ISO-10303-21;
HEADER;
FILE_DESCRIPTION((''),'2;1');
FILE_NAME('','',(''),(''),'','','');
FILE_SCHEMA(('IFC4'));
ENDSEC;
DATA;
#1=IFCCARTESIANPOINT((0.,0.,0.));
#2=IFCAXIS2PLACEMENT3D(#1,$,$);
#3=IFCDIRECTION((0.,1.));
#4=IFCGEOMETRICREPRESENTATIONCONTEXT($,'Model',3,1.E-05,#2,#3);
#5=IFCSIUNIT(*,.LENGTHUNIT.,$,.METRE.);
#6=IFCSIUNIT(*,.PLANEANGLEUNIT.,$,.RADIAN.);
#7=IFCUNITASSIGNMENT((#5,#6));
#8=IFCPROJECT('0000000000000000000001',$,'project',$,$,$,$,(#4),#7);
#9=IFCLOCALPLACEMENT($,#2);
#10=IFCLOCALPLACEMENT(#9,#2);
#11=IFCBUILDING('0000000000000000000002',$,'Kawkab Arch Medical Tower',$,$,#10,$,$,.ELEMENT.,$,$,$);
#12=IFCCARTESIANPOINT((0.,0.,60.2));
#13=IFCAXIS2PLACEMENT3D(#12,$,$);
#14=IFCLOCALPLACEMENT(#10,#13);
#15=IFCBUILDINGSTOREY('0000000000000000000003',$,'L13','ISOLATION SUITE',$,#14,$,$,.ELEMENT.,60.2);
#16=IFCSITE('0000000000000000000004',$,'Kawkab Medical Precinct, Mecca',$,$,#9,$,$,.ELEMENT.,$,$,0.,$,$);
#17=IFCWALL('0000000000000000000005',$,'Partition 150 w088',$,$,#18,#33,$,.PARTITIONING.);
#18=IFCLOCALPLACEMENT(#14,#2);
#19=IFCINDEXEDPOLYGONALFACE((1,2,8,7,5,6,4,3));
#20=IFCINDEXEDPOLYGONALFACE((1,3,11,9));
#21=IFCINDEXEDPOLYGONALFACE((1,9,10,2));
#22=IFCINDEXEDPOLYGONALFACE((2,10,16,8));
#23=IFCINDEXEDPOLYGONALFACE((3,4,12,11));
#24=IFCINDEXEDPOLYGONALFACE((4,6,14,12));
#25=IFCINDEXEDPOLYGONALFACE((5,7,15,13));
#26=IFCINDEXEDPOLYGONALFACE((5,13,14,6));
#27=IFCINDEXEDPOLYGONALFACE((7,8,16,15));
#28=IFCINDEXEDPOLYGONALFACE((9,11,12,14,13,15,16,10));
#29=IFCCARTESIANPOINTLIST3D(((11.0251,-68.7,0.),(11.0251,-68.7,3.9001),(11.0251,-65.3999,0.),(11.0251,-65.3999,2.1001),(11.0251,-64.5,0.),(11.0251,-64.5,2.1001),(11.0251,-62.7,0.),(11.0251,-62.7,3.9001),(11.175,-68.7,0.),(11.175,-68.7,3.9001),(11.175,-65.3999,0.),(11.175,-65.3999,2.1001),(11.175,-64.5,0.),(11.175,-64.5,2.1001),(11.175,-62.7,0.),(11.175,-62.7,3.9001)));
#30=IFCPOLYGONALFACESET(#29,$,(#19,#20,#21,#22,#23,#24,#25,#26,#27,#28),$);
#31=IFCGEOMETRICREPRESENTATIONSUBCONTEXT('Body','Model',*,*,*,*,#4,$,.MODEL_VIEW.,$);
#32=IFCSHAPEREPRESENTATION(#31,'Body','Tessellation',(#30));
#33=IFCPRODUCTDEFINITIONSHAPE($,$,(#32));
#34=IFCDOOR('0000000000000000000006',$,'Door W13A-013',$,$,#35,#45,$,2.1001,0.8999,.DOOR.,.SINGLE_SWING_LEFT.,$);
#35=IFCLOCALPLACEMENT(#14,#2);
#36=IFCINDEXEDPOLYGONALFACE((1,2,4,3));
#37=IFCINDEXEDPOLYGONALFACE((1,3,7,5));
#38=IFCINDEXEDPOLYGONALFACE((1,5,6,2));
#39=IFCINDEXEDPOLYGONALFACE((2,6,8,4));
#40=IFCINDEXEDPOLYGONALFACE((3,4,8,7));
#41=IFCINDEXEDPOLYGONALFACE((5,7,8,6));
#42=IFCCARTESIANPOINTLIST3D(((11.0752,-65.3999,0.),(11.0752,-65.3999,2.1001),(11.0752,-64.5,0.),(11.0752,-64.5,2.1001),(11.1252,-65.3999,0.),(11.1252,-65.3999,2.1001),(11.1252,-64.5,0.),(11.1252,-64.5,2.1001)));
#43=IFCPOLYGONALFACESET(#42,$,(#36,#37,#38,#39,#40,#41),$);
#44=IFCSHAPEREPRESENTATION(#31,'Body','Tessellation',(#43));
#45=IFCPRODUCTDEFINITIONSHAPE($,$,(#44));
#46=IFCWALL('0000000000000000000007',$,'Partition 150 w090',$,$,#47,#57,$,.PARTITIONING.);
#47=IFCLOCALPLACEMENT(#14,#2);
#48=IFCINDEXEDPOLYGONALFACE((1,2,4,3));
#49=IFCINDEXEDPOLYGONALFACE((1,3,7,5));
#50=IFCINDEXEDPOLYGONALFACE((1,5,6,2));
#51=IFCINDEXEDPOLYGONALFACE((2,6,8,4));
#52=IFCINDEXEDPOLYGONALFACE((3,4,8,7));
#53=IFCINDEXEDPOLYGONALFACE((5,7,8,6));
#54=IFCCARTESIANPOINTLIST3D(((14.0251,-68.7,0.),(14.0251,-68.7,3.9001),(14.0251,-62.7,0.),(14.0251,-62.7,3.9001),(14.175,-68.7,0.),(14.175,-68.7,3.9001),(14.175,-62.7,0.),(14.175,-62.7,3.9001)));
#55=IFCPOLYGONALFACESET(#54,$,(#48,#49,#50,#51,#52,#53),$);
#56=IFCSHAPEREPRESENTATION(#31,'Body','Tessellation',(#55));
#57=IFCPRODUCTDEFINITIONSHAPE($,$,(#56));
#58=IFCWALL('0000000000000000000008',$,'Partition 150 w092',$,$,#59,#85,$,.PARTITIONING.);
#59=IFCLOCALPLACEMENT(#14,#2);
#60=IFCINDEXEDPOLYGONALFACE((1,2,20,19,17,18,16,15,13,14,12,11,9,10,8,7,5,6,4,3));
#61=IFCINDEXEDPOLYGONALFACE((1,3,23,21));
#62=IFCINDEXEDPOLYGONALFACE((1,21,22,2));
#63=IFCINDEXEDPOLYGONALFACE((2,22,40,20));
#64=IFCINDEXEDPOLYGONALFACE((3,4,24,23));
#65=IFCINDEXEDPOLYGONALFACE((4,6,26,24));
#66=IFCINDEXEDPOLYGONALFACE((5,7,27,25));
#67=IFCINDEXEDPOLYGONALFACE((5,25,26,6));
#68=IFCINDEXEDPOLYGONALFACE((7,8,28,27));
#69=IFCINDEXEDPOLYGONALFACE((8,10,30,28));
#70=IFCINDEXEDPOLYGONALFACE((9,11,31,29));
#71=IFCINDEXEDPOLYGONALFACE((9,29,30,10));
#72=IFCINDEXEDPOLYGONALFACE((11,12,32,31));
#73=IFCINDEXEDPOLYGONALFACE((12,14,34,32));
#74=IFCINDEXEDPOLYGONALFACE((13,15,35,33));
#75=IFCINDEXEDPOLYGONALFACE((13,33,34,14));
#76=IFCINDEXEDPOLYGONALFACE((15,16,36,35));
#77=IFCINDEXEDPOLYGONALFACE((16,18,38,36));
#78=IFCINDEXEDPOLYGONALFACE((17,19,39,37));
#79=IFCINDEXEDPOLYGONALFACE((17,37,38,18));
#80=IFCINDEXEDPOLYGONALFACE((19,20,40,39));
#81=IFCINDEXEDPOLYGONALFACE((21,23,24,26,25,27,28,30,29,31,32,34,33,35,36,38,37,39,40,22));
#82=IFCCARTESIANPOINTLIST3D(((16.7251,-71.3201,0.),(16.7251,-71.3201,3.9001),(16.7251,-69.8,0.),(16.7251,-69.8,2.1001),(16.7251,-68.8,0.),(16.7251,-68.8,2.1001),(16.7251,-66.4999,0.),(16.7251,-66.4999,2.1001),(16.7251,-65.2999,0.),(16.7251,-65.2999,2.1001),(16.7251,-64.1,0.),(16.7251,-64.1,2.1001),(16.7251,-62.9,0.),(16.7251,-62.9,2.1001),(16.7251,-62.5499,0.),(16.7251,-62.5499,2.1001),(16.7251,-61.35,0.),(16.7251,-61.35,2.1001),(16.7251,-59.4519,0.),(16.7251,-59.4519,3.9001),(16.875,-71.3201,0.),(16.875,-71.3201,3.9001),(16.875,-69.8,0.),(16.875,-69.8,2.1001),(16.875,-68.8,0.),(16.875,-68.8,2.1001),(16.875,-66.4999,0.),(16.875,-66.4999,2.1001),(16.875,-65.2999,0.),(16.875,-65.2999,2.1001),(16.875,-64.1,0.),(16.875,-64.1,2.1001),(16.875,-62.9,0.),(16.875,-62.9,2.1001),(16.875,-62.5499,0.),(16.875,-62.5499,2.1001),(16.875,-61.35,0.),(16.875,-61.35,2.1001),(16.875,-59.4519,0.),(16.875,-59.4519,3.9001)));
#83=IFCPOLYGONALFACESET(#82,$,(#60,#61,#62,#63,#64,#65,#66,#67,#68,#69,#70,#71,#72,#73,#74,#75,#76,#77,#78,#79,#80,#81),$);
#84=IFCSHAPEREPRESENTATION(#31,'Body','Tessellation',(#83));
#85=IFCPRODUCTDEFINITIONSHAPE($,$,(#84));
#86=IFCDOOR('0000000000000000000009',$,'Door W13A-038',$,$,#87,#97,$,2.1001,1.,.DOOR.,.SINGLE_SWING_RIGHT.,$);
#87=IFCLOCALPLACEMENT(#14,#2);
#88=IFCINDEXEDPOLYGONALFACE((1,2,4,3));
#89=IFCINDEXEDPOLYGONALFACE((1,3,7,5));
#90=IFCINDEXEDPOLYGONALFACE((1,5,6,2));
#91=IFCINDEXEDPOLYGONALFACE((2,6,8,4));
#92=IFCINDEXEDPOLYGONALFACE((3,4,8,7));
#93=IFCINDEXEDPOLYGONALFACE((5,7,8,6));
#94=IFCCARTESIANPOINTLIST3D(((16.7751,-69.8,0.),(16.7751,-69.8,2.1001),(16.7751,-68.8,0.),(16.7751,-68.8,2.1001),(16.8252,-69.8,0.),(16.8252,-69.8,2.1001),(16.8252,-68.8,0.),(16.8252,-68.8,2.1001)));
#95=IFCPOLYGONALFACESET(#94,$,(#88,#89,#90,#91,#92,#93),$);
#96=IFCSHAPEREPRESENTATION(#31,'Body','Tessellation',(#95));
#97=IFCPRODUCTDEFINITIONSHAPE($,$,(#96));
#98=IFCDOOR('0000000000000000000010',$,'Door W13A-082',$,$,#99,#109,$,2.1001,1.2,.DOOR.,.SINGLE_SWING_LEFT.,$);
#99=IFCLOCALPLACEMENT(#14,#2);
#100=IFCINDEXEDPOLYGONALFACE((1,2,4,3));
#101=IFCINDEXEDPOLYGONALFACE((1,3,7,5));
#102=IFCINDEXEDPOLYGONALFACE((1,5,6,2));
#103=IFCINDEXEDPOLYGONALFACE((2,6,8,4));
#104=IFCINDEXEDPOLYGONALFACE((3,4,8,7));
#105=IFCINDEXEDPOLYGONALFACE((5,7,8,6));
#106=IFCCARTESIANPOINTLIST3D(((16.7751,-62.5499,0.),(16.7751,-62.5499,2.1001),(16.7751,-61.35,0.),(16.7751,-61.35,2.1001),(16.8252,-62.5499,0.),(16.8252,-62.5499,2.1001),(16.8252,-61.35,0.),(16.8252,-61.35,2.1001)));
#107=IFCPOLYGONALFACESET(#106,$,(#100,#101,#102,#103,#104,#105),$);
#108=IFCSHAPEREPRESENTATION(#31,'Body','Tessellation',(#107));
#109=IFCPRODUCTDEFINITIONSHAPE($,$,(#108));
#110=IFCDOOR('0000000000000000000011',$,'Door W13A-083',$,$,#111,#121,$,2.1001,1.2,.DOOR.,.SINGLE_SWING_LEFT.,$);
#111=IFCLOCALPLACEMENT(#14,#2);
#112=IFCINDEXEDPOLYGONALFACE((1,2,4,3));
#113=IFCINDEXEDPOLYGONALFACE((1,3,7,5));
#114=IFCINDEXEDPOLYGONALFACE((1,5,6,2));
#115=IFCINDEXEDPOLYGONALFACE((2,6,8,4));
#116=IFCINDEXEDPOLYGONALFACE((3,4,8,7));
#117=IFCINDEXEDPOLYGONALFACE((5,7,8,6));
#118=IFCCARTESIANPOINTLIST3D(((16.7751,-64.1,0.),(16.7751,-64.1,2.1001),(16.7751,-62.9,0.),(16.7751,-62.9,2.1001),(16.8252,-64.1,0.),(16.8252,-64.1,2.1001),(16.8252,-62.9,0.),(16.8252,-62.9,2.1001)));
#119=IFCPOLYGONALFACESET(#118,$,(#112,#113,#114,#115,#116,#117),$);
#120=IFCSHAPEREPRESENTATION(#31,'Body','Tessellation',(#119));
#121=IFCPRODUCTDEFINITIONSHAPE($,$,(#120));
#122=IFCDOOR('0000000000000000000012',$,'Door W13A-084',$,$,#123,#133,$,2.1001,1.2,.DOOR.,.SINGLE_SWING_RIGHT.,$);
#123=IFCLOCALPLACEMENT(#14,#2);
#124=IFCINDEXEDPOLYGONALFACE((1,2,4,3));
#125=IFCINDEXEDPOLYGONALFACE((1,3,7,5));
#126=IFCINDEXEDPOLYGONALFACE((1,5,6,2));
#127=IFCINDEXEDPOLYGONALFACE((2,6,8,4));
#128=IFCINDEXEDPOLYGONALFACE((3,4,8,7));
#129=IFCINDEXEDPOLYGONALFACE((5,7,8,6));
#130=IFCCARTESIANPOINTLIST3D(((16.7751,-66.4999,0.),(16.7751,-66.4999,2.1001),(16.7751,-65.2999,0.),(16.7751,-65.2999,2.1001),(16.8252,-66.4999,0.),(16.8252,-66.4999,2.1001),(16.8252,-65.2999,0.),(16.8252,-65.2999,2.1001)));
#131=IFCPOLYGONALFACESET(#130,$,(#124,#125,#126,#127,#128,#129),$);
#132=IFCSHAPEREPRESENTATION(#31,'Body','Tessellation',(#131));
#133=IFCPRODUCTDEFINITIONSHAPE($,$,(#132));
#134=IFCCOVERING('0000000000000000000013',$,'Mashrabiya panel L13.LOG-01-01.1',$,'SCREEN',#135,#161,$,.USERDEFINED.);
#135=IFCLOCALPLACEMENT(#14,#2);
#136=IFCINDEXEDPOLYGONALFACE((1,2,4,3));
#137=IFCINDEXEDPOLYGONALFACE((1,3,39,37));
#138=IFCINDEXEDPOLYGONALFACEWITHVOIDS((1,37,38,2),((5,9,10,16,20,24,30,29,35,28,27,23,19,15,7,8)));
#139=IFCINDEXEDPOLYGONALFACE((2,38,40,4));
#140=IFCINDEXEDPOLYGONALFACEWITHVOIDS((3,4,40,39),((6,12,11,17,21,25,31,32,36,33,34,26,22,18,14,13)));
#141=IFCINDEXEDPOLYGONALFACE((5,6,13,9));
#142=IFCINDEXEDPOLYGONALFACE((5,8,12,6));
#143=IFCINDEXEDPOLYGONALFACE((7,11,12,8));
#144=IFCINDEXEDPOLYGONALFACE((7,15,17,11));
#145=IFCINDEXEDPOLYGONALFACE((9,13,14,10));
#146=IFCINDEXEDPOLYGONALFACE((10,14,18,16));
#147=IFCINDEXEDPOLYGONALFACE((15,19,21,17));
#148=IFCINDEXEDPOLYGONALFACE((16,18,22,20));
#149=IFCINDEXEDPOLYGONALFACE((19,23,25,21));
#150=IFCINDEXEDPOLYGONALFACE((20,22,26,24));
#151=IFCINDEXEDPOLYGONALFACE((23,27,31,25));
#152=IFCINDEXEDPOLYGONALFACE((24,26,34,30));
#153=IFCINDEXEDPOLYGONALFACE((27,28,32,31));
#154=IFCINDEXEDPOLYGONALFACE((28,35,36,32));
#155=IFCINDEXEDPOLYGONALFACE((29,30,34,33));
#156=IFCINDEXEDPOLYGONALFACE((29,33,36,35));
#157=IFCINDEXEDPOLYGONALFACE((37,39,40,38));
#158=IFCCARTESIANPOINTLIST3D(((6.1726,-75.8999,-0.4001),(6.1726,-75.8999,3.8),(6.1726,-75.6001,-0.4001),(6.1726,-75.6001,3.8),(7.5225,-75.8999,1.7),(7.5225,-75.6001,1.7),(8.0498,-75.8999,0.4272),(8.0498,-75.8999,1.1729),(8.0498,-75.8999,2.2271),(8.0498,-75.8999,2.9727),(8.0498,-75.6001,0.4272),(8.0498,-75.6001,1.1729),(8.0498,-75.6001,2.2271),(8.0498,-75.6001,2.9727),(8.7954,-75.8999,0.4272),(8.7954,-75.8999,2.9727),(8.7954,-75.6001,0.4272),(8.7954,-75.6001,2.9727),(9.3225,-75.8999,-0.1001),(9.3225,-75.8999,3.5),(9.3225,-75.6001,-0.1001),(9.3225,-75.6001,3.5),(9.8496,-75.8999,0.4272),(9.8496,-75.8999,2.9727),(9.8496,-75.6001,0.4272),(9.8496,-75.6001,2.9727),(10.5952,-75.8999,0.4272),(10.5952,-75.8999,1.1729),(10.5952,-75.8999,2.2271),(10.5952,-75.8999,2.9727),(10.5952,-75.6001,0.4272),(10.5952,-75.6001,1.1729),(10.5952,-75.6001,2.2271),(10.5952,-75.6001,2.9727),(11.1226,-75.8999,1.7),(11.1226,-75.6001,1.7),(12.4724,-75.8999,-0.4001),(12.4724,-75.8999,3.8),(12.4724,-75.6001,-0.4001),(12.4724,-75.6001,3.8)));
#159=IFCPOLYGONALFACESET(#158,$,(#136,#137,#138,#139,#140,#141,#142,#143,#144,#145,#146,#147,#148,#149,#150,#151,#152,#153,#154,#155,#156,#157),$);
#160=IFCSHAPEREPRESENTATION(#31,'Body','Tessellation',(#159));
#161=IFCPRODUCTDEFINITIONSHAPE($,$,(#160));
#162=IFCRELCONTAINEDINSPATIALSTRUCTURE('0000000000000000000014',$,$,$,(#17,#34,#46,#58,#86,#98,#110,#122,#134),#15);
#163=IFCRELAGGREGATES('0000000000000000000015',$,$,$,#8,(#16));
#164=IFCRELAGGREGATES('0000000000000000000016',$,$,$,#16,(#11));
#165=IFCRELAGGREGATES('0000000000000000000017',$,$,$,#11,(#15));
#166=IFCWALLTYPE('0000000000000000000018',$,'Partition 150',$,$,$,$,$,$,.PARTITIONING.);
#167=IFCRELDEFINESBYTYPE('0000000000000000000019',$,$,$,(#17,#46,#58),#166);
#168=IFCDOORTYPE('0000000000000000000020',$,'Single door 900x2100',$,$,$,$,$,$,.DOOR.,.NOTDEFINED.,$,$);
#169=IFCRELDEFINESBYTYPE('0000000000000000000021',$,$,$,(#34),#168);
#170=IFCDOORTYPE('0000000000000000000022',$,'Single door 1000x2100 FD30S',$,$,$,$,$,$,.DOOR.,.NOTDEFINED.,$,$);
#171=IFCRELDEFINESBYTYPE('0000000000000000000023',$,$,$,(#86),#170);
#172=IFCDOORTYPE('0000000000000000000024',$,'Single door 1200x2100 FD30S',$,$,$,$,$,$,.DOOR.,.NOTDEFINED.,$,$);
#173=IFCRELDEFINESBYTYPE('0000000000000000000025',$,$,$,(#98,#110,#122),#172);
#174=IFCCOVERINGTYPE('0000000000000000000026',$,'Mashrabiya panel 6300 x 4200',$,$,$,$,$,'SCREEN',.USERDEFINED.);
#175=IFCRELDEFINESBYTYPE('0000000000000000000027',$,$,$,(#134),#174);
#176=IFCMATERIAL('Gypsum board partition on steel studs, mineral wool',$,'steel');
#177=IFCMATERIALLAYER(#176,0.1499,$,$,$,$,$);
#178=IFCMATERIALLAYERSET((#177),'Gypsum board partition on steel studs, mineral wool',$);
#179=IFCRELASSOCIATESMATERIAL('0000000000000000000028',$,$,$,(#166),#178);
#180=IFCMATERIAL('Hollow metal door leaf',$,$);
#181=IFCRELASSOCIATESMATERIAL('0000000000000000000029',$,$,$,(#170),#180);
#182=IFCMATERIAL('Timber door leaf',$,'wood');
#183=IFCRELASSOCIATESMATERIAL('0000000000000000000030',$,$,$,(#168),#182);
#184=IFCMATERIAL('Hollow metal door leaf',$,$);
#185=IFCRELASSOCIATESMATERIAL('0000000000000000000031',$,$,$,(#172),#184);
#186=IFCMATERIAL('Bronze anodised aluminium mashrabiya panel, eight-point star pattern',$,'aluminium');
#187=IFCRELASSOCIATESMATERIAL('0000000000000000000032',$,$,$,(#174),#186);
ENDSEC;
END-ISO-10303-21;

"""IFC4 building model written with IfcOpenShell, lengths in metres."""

from ifc_helpers import new_model, si_unit, direction, frame, frame_2d, origin, place, context, subcontext, project, spatial, polyline, rectangle, outline, extrude, material, layer, layer_set, material_profile, profile_set, type_object, element, fill, save


model = new_model("IFC4")

# Units and contexts
model_context = context("Model", 3, precision=1e-05, world=origin(), true_north=direction((0.0, 1.0)))
body_context = subcontext(model_context, "Body", "Model", "MODEL_VIEW")
ifc_project = project(units=[si_unit("LENGTHUNIT", "METRE"), si_unit("PLANEANGLEUNIT", "RADIAN")], contexts=[model_context])

# Site, building, storey
site_placement = place(None, origin())
site = spatial("IfcSite", under=ifc_project, at=site_placement, Name="Kawkab Medical Precinct, Mecca", CompositionType="ELEMENT", RefElevation=0.0)
building_placement = place(site_placement, origin())
building = spatial("IfcBuilding", under=site, at=building_placement, Name="Kawkab Arch Medical Tower", CompositionType="ELEMENT")
storey_placement = place(building_placement, frame((0.0, 0.0, 60.2)))
storey = spatial("IfcBuildingStorey", under=building, at=storey_placement, Name="L13", Description="ISOLATION SUITE", CompositionType="ELEMENT", Elevation=60.2)

# Shared definitions
ifc_material_1 = material(Name="Gypsum board partition on steel studs, mineral wool", Category="steel")
ifc_layer_1 = layer(ifc_material_1, 0.1499)
ifc_layer_set_1 = layer_set([ifc_layer_1], Name="Gypsum board partition on steel studs, mineral wool")
wall_type_1 = type_object("IfcWallType", Name="Partition 150", PredefinedType="PARTITIONING", material=ifc_layer_set_1)
ifc_material_2 = material(Name="Hollow metal door leaf")
door_type_1 = type_object("IfcDoorType", Name="Single door 1000x2100 FD30S", OperationType="NOTDEFINED", PredefinedType="DOOR", material=ifc_material_2)

# Wall, opening, door
wall_1_placement = place(storey_placement, frame((11.1001, -68.7, 0.0), z_axis=(0.0, 0.0, 1.0), x_axis=(0.0, 1.0, 0.0)))
wall_1 = element("IfcWall", 1, at=wall_1_placement, inside=storey, type_object=wall_type_1, Name="Partition 150 w088", PredefinedType="PARTITIONING", context=body_context, shape_type="SweptSolid", body=[
    extrude(rectangle(XDim=6.0, YDim=0.1499, at=frame_2d((3.0, 0.0))), origin(), (0.0, 0.0, 1.0), 3.9001),
])
opening_1_placement = place(wall_1_placement, frame((3.3, 0.0, 0.0)))
opening_1 = element("IfcOpeningElement", 2, at=opening_1_placement, cuts=wall_1, PredefinedType="OPENING", context=body_context, shape_type="SweptSolid", body=[
    extrude(rectangle(XDim=0.8999, YDim=2.1001, at=frame_2d((0.45, 1.05))), frame((0.0, 0.085, 0.0), z_axis=(0.0, -1.0, 0.0), x_axis=(1.0, 0.0, 0.0)), (0.0, 0.0, 1.0), 0.1699),
])
ifc_material_3 = material(Name="Timber door leaf", Category="wood")
door_type_2 = type_object("IfcDoorType", Name="Single door 900x2100", OperationType="NOTDEFINED", PredefinedType="DOOR", material=ifc_material_3)
door_1_placement = place(opening_1_placement, origin())
door_1 = element("IfcDoor", 3, at=door_1_placement, inside=storey, type_object=door_type_2, Name="Door W13A-013", OperationType="SINGLE_SWING_LEFT", OverallHeight=2.1001, OverallWidth=0.8999, PredefinedType="DOOR", context=body_context, shape_type="SweptSolid", body=[
    extrude(rectangle(XDim=0.8999, YDim=2.1001, at=frame_2d((0.45, 1.05))), frame((0.0, 0.0249, 0.0), z_axis=(0.0, -1.0, 0.0), x_axis=(1.0, 0.0, 0.0)), (0.0, 0.0, 1.0), 0.05),
])
fill(opening_1, door_1)

# Wall
wall_2_placement = place(storey_placement, frame((14.1001, -68.7, 0.0), z_axis=(0.0, 0.0, 1.0), x_axis=(0.0, 1.0, 0.0)))
element("IfcWall", 4, at=wall_2_placement, inside=storey, type_object=wall_type_1, Name="Partition 150 w090", PredefinedType="PARTITIONING", context=body_context, shape_type="SweptSolid", body=[
    extrude(rectangle(XDim=6.0, YDim=0.1499, at=frame_2d((3.0, 0.0))), origin(), (0.0, 0.0, 1.0), 3.9001),
])

# Wall, openings, doors
wall_3_placement = place(storey_placement, frame((16.8, -71.3201, 0.0), z_axis=(0.0, 0.0, 1.0), x_axis=(0.0, 1.0, 0.0)))
wall_3 = element("IfcWall", 5, at=wall_3_placement, inside=storey, type_object=wall_type_1, Name="Partition 150 w092", PredefinedType="PARTITIONING", context=body_context, shape_type="SweptSolid", body=[
    extrude(rectangle(XDim=11.8682, YDim=0.1499, at=frame_2d((5.9341, 0.0))), origin(), (0.0, 0.0, 1.0), 3.9001),
])
opening_2_placement = place(wall_3_placement, frame((8.77, 0.0, 0.0)))
opening_2 = element("IfcOpeningElement", 6, at=opening_2_placement, cuts=wall_3, PredefinedType="OPENING", context=body_context, shape_type="SweptSolid", body=[
    extrude(rectangle(XDim=1.2, YDim=2.1001, at=frame_2d((0.6001, 1.05))), frame((0.0, 0.085, 0.0), z_axis=(0.0, -1.0, 0.0), x_axis=(1.0, 0.0, 0.0)), (0.0, 0.0, 1.0), 0.1699),
])
opening_3_placement = place(wall_3_placement, frame((7.22, 0.0, 0.0)))
opening_3 = element("IfcOpeningElement", 7, at=opening_3_placement, cuts=wall_3, PredefinedType="OPENING", context=body_context, shape_type="SweptSolid", body=[
    extrude(rectangle(XDim=1.2, YDim=2.1001, at=frame_2d((0.6001, 1.05))), frame((0.0, 0.085, 0.0), z_axis=(0.0, -1.0, 0.0), x_axis=(1.0, 0.0, 0.0)), (0.0, 0.0, 1.0), 0.1699),
])
opening_4_placement = place(wall_3_placement, frame((4.8201, 0.0, 0.0)))
opening_4 = element("IfcOpeningElement", 8, at=opening_4_placement, cuts=wall_3, PredefinedType="OPENING", context=body_context, shape_type="SweptSolid", body=[
    extrude(rectangle(XDim=1.2, YDim=2.1001, at=frame_2d((0.6001, 1.05))), frame((0.0, 0.085, 0.0), z_axis=(0.0, -1.0, 0.0), x_axis=(1.0, 0.0, 0.0)), (0.0, 0.0, 1.0), 0.1699),
])
opening_5_placement = place(wall_3_placement, frame((1.52, 0.0, 0.0)))
opening_5 = element("IfcOpeningElement", 9, at=opening_5_placement, cuts=wall_3, PredefinedType="OPENING", context=body_context, shape_type="SweptSolid", body=[
    extrude(rectangle(XDim=1.0, YDim=2.1001, at=frame_2d((0.5, 1.05))), frame((0.0, 0.085, 0.0), z_axis=(0.0, -1.0, 0.0), x_axis=(1.0, 0.0, 0.0)), (0.0, 0.0, 1.0), 0.1699),
])
door_2_placement = place(opening_5_placement, origin())
door_2 = element("IfcDoor", 10, at=door_2_placement, inside=storey, type_object=door_type_1, Name="Door W13A-038", OperationType="SINGLE_SWING_RIGHT", OverallHeight=2.1001, OverallWidth=1.0, PredefinedType="DOOR", context=body_context, shape_type="SweptSolid", body=[
    extrude(rectangle(XDim=1.0, YDim=2.1001, at=frame_2d((0.5, 1.05))), frame((0.0, 0.0249, 0.0), z_axis=(0.0, -1.0, 0.0), x_axis=(1.0, 0.0, 0.0)), (0.0, 0.0, 1.0), 0.05),
])
fill(opening_5, door_2)
ifc_material_4 = material(Name="Hollow metal door leaf")
door_type_3 = type_object("IfcDoorType", Name="Single door 1200x2100 FD30S", OperationType="NOTDEFINED", PredefinedType="DOOR", material=ifc_material_4)
door_3_placement = place(opening_2_placement, origin())
door_3 = element("IfcDoor", 11, at=door_3_placement, inside=storey, type_object=door_type_3, Name="Door W13A-082", OperationType="SINGLE_SWING_LEFT", OverallHeight=2.1001, OverallWidth=1.2, PredefinedType="DOOR", context=body_context, shape_type="SweptSolid", body=[
    extrude(rectangle(XDim=1.2, YDim=2.1001, at=frame_2d((0.6001, 1.05))), frame((0.0, 0.0249, 0.0), z_axis=(0.0, -1.0, 0.0), x_axis=(1.0, 0.0, 0.0)), (0.0, 0.0, 1.0), 0.05),
])
fill(opening_2, door_3)
door_4_placement = place(opening_3_placement, origin())
door_4 = element("IfcDoor", 12, at=door_4_placement, inside=storey, type_object=door_type_3, Name="Door W13A-083", OperationType="SINGLE_SWING_LEFT", OverallHeight=2.1001, OverallWidth=1.2, PredefinedType="DOOR", context=body_context, shape_type="SweptSolid", body=[
    extrude(rectangle(XDim=1.2, YDim=2.1001, at=frame_2d((0.6001, 1.05))), frame((0.0, 0.0249, 0.0), z_axis=(0.0, -1.0, 0.0), x_axis=(1.0, 0.0, 0.0)), (0.0, 0.0, 1.0), 0.05),
])
fill(opening_3, door_4)
door_5_placement = place(opening_4_placement, origin())
door_5 = element("IfcDoor", 13, at=door_5_placement, inside=storey, type_object=door_type_3, Name="Door W13A-084", OperationType="SINGLE_SWING_RIGHT", OverallHeight=2.1001, OverallWidth=1.2, PredefinedType="DOOR", context=body_context, shape_type="SweptSolid", body=[
    extrude(rectangle(XDim=1.2, YDim=2.1001, at=frame_2d((0.6001, 1.05))), frame((0.0, 0.0249, 0.0), z_axis=(0.0, -1.0, 0.0), x_axis=(1.0, 0.0, 0.0)), (0.0, 0.0, 1.0), 0.05),
])
fill(opening_4, door_5)

# Covering
ifc_material_5 = material(Name="Bronze anodised aluminium mashrabiya panel, eight-point star pattern", Category="aluminium")
ifc_material_profile_1 = material_profile(ifc_material_5, outline(polyline([(-3.1499, -2.1001), (3.1499, -2.1001), (3.1499, 2.1001), (-3.1499, 2.1001), (-3.1499, -2.1001)]), holes=[polyline([(1.8, 0.0), (1.2727, 0.5271), (1.2727, 1.2727), (0.5271, 1.2727), (0.0, 1.8), (-0.5271, 1.2727), (-1.2727, 1.2727), (-1.2727, 0.5271), (-1.8, 0.0), (-1.2727, -0.5271), (-1.2727, -1.2727), (-0.5271, -1.2727), (0.0, -1.8), (0.5271, -1.2727), (1.2727, -1.2727), (1.2727, -0.5271), (1.8, 0.0)])]), Name="Mashrabiya panel 6300x4200")
ifc_profile_set_1 = profile_set([ifc_material_profile_1], Name="Bronze anodised aluminium mashrabiya panel, eight-point star pattern")
covering_type_1 = type_object("IfcCoveringType", Name="Mashrabiya panel 6300 x 4200", ElementType="SCREEN", PredefinedType="USERDEFINED", material=ifc_profile_set_1)
covering_placement = place(storey_placement, frame((9.3225, -75.6001, 1.7), z_axis=(0.0, -1.0, 0.0), x_axis=(1.0, 0.0, 0.0)))
element("IfcCovering", 14, at=covering_placement, inside=storey, type_object=covering_type_1, Name="Mashrabiya panel L13.LOG-01-01.1", ObjectType="SCREEN", PredefinedType="USERDEFINED", context=body_context, shape_type="SweptSolid", body=[
    extrude(outline(polyline([(-3.1499, -2.1001), (3.1499, -2.1001), (3.1499, 2.1001), (-3.1499, 2.1001), (-3.1499, -2.1001)]), holes=[polyline([(1.8, 0.0), (1.2727, 0.5271), (1.2727, 1.2727), (0.5271, 1.2727), (0.0, 1.8), (-0.5271, 1.2727), (-1.2727, 1.2727), (-1.2727, 0.5271), (-1.8, 0.0), (-1.2727, -0.5271), (-1.2727, -1.2727), (-0.5271, -1.2727), (0.0, -1.8), (0.5271, -1.2727), (1.2727, -1.2727), (1.2727, -0.5271), (1.8, 0.0)])]), origin(), (0.0, 0.0, 1.0), 0.2998),
])

save(model, "model.ifc")
